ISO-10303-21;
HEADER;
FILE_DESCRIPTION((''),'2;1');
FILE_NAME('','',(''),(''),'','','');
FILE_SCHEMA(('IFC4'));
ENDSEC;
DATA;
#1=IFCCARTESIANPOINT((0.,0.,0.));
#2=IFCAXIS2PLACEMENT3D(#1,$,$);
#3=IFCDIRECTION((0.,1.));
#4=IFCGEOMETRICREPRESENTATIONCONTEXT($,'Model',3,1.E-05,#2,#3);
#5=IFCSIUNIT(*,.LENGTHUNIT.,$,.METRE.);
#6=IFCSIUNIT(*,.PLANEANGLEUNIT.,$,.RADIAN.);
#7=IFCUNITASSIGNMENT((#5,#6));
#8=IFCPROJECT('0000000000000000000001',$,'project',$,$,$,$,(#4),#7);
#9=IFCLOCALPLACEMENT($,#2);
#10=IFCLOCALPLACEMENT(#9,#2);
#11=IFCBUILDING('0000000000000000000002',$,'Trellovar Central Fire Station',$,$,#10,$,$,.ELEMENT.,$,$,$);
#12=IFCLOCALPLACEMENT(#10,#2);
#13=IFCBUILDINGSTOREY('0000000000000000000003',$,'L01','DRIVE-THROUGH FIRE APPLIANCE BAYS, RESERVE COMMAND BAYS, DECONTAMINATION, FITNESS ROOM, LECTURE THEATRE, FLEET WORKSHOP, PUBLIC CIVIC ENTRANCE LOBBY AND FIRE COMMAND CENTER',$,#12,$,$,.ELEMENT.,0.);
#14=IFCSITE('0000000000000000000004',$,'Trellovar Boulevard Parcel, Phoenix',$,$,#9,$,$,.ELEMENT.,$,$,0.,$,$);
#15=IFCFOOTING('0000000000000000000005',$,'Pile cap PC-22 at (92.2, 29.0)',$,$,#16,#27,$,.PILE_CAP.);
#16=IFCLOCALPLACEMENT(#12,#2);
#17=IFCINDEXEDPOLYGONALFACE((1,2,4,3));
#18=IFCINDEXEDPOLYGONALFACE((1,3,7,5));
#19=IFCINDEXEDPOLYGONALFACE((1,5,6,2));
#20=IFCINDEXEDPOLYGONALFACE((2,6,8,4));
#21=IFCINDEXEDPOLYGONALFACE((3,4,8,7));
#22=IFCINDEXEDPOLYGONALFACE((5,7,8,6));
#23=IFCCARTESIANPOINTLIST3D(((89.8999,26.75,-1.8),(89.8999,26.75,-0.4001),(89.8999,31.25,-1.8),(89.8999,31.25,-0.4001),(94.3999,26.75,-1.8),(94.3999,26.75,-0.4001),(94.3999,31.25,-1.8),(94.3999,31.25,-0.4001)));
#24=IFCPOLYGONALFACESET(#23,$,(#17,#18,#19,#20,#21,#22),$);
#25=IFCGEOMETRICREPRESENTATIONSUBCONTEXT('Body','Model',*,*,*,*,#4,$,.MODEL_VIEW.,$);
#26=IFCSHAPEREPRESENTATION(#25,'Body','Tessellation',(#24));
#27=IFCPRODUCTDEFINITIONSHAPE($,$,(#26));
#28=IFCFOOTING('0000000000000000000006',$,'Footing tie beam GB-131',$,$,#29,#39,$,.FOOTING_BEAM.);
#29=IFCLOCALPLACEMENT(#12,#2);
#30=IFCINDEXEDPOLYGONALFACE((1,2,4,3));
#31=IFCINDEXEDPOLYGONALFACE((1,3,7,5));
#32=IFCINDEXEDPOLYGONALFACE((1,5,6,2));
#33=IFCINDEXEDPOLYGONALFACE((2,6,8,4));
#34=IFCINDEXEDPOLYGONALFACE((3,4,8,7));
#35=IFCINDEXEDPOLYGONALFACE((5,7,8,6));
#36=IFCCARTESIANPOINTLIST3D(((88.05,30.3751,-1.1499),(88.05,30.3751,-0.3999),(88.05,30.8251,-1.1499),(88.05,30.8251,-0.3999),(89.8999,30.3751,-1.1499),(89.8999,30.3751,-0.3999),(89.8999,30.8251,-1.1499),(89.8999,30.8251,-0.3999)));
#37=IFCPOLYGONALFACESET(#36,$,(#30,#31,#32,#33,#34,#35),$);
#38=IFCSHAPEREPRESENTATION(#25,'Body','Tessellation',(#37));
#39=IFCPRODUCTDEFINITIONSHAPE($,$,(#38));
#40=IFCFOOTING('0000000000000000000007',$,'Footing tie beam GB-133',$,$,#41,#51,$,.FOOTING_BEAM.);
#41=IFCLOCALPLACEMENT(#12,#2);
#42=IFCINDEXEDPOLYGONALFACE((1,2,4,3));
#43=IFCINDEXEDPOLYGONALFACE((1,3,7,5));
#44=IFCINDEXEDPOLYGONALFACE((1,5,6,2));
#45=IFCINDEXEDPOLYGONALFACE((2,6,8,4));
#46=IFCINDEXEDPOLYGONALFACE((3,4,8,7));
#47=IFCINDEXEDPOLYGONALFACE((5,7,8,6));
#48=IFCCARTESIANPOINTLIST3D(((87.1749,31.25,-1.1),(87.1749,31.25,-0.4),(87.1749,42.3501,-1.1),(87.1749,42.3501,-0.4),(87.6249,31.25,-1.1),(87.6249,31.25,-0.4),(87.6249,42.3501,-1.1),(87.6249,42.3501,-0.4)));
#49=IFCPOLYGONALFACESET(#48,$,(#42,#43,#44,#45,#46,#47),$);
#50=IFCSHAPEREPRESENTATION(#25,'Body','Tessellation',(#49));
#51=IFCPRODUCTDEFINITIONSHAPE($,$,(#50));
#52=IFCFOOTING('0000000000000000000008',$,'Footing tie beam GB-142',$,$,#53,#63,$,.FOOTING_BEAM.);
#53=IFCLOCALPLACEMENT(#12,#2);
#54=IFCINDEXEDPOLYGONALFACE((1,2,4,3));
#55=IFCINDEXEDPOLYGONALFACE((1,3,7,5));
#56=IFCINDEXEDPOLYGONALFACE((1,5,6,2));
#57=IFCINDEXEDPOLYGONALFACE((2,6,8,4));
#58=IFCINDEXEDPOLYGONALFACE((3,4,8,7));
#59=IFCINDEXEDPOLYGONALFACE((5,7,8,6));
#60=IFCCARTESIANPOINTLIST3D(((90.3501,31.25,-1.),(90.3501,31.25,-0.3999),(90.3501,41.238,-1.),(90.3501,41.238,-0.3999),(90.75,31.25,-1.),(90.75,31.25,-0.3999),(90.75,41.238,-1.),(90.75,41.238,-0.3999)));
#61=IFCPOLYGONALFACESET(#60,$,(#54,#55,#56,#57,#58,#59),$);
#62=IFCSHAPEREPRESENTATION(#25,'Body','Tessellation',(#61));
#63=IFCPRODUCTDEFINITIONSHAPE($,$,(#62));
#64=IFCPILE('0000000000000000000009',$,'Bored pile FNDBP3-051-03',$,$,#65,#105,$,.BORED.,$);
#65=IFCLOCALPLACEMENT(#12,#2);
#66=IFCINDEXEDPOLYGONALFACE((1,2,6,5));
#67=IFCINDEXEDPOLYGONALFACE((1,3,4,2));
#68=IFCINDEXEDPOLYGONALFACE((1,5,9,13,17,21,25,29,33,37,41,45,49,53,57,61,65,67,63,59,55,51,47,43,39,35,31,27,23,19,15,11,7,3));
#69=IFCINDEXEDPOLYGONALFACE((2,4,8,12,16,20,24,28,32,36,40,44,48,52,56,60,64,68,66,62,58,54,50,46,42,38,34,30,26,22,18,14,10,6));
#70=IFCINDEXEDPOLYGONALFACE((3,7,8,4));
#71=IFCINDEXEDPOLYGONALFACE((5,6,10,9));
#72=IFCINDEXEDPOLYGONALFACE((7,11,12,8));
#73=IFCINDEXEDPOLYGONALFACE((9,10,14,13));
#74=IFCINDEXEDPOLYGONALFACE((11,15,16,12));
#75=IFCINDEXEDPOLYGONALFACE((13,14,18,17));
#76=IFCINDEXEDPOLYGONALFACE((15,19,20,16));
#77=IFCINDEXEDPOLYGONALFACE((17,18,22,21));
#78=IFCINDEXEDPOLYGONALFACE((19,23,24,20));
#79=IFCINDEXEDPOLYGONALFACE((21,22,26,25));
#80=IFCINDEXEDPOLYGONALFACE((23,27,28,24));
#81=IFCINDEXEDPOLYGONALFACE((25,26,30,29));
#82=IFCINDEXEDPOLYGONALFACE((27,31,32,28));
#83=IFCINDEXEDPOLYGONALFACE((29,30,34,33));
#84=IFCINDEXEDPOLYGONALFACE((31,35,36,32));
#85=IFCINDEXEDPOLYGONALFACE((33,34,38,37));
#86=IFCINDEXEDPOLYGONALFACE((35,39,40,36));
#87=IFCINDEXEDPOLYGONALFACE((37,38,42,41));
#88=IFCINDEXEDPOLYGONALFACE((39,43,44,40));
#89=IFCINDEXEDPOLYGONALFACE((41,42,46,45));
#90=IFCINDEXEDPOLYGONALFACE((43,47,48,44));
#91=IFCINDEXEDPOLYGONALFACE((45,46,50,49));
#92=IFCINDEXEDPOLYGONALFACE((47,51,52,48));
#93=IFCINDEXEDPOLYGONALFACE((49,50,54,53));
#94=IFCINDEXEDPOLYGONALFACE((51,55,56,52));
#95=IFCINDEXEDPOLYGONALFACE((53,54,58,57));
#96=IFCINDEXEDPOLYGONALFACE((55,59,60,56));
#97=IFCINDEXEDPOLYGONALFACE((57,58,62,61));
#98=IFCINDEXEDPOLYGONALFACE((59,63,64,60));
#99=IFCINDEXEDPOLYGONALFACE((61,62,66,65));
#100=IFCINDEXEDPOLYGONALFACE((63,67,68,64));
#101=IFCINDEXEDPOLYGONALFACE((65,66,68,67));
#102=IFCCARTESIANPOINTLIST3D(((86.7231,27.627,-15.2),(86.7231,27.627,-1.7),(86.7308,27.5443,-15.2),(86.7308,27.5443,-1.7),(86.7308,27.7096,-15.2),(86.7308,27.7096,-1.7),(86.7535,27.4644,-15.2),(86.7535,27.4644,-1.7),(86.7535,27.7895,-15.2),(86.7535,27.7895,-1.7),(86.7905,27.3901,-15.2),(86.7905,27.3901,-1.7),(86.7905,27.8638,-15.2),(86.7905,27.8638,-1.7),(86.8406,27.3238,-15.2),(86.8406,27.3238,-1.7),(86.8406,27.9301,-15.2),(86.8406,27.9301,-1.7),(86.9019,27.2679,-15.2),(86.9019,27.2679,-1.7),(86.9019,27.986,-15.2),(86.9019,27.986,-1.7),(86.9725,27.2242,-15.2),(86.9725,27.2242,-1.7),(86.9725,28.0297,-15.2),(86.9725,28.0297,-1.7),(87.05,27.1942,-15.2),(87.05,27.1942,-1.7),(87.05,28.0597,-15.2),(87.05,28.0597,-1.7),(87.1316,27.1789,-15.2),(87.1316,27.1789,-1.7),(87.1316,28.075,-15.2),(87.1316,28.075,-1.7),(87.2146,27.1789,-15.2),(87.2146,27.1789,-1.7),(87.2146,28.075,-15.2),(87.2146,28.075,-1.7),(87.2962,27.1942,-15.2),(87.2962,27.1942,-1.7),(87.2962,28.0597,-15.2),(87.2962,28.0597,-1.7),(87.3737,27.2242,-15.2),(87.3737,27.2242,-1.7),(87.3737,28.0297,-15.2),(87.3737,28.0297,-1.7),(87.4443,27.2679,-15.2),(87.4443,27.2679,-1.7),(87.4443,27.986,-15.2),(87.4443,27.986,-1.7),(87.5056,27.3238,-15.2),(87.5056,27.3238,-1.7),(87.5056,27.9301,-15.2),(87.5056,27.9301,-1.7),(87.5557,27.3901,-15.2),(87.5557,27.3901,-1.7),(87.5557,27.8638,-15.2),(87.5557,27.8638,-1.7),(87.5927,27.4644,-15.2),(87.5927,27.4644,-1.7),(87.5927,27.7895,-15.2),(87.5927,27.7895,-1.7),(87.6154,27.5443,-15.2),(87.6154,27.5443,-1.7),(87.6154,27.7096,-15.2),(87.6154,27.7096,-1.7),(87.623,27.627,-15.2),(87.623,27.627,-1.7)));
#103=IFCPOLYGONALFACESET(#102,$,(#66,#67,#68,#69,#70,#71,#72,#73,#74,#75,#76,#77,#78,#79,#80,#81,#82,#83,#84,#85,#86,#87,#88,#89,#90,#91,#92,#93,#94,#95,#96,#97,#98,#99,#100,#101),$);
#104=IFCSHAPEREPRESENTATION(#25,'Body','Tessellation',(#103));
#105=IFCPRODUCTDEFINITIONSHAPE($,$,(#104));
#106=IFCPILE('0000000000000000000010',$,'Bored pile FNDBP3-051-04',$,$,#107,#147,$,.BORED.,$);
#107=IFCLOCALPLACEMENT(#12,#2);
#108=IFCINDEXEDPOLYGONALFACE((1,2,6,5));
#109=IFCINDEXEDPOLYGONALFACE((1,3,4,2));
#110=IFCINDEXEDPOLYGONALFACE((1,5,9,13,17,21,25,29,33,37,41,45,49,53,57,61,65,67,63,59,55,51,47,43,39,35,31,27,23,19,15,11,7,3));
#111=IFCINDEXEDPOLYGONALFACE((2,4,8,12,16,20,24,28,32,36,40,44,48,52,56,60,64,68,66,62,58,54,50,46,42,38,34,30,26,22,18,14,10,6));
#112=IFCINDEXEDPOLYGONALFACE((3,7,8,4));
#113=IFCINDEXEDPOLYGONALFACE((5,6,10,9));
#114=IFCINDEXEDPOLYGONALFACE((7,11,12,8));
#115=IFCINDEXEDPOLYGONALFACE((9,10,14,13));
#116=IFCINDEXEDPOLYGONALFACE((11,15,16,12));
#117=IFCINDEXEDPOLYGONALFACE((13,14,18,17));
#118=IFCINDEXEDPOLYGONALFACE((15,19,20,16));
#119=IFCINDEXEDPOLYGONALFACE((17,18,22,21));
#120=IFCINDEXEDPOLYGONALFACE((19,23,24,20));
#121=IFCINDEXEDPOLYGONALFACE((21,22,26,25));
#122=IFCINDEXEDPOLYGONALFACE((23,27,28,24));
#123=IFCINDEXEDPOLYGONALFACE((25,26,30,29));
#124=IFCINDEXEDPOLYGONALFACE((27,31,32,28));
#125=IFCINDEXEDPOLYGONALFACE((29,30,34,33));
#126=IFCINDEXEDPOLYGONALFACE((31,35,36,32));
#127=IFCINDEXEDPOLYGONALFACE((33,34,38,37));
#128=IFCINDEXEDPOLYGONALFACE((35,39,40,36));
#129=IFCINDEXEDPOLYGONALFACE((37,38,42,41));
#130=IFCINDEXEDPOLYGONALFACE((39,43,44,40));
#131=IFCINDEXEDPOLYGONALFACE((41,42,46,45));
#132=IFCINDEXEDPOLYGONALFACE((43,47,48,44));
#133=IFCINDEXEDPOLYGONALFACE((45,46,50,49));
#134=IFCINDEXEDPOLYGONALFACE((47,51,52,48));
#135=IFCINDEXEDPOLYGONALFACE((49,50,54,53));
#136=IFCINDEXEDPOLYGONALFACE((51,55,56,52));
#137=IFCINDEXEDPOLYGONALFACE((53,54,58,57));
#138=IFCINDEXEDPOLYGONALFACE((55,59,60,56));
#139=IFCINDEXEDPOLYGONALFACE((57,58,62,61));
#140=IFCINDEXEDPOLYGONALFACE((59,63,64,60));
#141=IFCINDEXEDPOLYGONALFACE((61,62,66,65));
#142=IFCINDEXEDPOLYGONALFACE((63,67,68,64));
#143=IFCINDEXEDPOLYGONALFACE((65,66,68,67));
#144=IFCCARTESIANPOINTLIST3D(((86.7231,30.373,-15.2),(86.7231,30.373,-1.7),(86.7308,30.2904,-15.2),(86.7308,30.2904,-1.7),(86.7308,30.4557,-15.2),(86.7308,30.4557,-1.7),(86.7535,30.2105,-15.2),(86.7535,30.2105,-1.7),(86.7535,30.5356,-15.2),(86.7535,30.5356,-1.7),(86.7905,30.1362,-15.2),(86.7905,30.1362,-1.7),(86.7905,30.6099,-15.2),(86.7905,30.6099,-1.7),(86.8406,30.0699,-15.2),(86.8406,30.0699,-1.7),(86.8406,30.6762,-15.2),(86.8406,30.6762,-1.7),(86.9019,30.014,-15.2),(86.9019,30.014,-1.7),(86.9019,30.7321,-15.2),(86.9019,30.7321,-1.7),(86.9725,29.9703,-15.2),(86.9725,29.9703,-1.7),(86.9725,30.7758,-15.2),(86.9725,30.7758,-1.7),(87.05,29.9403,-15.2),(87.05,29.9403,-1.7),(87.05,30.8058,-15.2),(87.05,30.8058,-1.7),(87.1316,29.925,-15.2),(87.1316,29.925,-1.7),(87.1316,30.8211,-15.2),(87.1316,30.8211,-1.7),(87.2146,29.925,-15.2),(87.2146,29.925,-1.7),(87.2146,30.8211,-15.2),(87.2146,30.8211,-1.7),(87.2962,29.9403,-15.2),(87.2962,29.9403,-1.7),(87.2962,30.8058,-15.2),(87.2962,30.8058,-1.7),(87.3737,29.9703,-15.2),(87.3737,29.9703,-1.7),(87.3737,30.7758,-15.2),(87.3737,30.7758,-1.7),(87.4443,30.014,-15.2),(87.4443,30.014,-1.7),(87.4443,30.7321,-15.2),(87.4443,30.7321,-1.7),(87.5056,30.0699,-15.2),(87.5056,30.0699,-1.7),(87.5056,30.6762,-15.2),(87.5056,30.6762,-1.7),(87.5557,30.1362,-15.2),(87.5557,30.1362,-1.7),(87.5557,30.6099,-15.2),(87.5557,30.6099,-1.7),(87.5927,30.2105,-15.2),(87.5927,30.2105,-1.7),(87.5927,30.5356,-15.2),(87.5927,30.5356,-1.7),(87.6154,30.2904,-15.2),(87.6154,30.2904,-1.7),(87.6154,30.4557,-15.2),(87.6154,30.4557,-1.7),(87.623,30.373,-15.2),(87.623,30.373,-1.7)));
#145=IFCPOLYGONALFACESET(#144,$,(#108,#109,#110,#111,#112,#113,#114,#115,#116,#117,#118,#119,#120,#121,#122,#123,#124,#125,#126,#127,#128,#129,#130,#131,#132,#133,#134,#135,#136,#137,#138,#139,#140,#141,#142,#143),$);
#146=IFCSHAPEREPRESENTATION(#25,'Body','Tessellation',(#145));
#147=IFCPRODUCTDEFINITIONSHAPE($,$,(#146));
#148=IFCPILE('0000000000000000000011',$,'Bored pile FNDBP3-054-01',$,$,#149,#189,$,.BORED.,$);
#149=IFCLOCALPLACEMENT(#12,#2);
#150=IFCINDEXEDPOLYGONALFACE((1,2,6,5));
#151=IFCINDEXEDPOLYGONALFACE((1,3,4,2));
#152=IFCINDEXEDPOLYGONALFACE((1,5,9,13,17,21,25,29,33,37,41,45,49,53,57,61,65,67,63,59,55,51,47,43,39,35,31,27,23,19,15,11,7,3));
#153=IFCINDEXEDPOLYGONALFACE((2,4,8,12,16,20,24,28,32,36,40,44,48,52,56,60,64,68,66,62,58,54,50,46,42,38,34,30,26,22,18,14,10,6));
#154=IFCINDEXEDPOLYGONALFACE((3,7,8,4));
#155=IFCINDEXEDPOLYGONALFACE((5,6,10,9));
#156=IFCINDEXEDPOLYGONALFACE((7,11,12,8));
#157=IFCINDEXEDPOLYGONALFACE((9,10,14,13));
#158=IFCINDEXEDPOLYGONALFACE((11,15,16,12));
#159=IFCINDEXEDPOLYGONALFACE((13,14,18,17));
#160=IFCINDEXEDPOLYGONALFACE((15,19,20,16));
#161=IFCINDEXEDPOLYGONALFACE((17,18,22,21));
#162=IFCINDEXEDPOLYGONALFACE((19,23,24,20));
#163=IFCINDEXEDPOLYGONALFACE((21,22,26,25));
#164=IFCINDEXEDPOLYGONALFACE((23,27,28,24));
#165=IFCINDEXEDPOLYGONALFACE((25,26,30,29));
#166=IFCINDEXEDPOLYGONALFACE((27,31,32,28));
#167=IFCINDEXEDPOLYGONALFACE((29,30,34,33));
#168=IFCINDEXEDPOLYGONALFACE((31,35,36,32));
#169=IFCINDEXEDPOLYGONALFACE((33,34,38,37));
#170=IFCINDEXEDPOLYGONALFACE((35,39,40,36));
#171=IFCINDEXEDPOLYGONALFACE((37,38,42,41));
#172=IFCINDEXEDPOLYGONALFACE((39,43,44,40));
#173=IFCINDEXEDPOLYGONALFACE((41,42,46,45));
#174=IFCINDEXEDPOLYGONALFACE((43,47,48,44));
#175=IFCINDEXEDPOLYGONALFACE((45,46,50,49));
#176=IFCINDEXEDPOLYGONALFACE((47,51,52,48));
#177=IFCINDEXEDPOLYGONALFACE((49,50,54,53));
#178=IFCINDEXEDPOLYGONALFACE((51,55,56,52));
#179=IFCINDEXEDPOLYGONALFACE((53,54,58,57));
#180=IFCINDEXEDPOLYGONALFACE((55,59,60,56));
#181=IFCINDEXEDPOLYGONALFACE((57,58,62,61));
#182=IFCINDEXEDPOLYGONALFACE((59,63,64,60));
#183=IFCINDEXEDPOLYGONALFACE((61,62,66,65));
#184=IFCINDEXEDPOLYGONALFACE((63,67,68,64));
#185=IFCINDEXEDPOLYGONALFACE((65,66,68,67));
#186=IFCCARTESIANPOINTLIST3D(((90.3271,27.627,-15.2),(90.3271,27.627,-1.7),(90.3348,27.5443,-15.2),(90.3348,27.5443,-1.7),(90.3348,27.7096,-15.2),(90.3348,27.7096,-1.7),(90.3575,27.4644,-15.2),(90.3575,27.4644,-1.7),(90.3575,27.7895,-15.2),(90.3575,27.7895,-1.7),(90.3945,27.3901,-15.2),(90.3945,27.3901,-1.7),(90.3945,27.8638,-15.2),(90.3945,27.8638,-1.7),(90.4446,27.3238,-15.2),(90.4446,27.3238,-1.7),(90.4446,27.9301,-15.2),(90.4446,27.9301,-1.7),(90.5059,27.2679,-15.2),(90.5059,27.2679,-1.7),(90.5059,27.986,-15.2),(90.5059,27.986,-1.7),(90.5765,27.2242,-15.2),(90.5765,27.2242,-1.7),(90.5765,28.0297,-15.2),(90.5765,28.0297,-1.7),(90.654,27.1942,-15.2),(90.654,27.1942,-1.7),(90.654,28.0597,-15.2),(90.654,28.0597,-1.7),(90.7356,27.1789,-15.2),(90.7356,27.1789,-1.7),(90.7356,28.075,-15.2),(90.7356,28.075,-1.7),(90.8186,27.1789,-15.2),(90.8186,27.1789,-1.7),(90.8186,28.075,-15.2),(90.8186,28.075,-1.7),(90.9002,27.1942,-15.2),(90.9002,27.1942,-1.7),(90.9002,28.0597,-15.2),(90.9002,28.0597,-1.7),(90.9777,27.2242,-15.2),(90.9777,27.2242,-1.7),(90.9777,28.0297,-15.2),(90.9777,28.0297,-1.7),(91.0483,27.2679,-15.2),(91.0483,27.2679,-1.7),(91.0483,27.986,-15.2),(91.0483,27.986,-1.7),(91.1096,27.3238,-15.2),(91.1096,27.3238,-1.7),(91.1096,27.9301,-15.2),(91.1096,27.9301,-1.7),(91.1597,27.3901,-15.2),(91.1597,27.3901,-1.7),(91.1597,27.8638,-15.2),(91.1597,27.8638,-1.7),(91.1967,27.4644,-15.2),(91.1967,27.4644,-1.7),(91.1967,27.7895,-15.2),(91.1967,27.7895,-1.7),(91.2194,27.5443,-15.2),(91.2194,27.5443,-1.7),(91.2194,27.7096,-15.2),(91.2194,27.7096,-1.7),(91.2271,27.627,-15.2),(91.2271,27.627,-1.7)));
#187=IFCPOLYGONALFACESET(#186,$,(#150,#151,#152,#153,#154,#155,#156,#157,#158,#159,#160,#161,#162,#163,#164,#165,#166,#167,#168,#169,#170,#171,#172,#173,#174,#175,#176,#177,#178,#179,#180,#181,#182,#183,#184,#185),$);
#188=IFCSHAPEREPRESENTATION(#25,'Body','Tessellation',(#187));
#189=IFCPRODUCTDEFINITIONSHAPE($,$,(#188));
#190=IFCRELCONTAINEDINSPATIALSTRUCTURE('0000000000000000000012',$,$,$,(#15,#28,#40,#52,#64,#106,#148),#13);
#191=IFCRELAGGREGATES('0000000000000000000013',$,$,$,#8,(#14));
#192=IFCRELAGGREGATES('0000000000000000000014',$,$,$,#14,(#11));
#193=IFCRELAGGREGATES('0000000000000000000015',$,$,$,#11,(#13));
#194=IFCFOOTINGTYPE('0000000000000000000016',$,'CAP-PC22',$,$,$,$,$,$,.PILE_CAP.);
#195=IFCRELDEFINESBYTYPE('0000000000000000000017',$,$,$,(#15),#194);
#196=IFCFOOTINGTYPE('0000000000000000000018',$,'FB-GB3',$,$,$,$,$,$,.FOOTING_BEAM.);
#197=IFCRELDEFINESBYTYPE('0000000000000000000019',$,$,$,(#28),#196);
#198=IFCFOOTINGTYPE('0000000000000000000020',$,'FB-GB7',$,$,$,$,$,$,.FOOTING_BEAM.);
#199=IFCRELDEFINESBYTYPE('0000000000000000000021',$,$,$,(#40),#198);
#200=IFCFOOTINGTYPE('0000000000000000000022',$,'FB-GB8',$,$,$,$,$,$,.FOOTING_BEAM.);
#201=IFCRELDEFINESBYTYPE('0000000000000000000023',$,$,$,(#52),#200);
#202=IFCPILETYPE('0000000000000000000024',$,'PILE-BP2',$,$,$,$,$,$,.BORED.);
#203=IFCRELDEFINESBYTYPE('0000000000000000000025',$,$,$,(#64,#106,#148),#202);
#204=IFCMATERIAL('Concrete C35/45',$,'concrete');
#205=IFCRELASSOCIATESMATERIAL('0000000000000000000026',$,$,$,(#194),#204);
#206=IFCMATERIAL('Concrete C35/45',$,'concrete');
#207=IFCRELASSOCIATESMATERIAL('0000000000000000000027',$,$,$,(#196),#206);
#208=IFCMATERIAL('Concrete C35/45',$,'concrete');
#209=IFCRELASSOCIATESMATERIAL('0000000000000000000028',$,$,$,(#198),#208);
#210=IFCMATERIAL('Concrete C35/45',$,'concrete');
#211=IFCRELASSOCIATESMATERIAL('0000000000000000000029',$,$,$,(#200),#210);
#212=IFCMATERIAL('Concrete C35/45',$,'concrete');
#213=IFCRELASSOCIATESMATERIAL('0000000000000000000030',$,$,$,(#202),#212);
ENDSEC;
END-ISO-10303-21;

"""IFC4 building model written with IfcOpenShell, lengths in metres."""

from ifc_helpers import new_model, si_unit, direction, frame, origin, origin_2d, place, context, subcontext, project, spatial, rectangle, circle, extrude, material, material_profile, profile_set, type_object, element, save


model = new_model("IFC4")

# Units and contexts
model_context = context("Model", 3, precision=1e-05, world=origin(), true_north=direction((0.0, 1.0)))
body_context = subcontext(model_context, "Body", "Model", "MODEL_VIEW")
ifc_project = project(units=[si_unit("LENGTHUNIT", "METRE"), si_unit("PLANEANGLEUNIT", "RADIAN")], contexts=[model_context])

# Site, building, storey
site_placement = place(None, origin())
site = spatial("IfcSite", under=ifc_project, at=site_placement, Name="Trellovar Boulevard Parcel, Phoenix", CompositionType="ELEMENT", RefElevation=0.0)
building_placement = place(site_placement, origin())
building = spatial("IfcBuilding", under=site, at=building_placement, Name="Trellovar Central Fire Station", CompositionType="ELEMENT")
storey_placement = place(building_placement, origin())
storey = spatial("IfcBuildingStorey", under=building, at=storey_placement, Name="L01", Description="DRIVE-THROUGH FIRE APPLIANCE BAYS, RESERVE COMMAND BAYS, DECONTAMINATION, FITNESS ROOM, LECTURE THEATRE, FLEET WORKSHOP, PUBLIC CIVIC ENTRANCE LOBBY AND FIRE COMMAND CENTER", CompositionType="ELEMENT", Elevation=0.0)

# Footings
ifc_material_1 = material(Name="Concrete C35/45", Category="concrete")
footing_type_1 = type_object("IfcFootingType", Name="CAP-PC22", PredefinedType="PILE_CAP", material=ifc_material_1)
footing_1_placement = place(storey_placement, frame((92.1499, 29.0, -1.8), z_axis=(0.0, 0.0, 1.0), x_axis=(1.0, 0.0, 0.0)))
element("IfcFooting", 1, at=footing_1_placement, inside=storey, type_object=footing_type_1, Name="Pile cap PC-22 at (92.2, 29.0)", PredefinedType="PILE_CAP", context=body_context, shape_type="SweptSolid", body=[
    extrude(rectangle(XDim=4.5, YDim=4.5, at=origin_2d()), origin(), (0.0, 0.0, 1.0), 1.3999),
])
ifc_material_2 = material(Name="Concrete C35/45", Category="concrete")
ifc_material_profile_1 = material_profile(ifc_material_2, rectangle(XDim=0.45, YDim=0.75, at=origin_2d()), Name="RC450X750")
ifc_profile_set_1 = profile_set([ifc_material_profile_1], Name="Concrete C35/45")
footing_type_2 = type_object("IfcFootingType", Name="FB-GB3", PredefinedType="FOOTING_BEAM", material=ifc_profile_set_1)
footing_2_placement = place(storey_placement, frame((88.05, 30.6001, -0.7749), z_axis=(1.0, 0.0, 0.0), x_axis=(0.0, 1.0, 0.0)))
element("IfcFooting", 2, at=footing_2_placement, inside=storey, type_object=footing_type_2, Name="Footing tie beam GB-131", PredefinedType="FOOTING_BEAM", context=body_context, shape_type="SweptSolid", body=[
    extrude(rectangle(XDim=0.45, YDim=0.75, at=origin_2d()), origin(), (0.0, 0.0, 1.0), 1.8499),
])
ifc_material_3 = material(Name="Concrete C35/45", Category="concrete")
ifc_material_profile_2 = material_profile(ifc_material_3, rectangle(XDim=0.45, YDim=0.7, at=origin_2d()), Name="RC450X700")
ifc_profile_set_2 = profile_set([ifc_material_profile_2], Name="Concrete C35/45")
footing_type_3 = type_object("IfcFootingType", Name="FB-GB7", PredefinedType="FOOTING_BEAM", material=ifc_profile_set_2)
footing_3_placement = place(storey_placement, frame((87.3999, 31.25, -0.75), z_axis=(0.0, 1.0, 0.0), x_axis=(-1.0, 0.0, 0.0)))
element("IfcFooting", 3, at=footing_3_placement, inside=storey, type_object=footing_type_3, Name="Footing tie beam GB-133", PredefinedType="FOOTING_BEAM", context=body_context, shape_type="SweptSolid", body=[
    extrude(rectangle(XDim=0.45, YDim=0.7, at=origin_2d()), origin(), (0.0, 0.0, 1.0), 11.1001),
])
ifc_material_4 = material(Name="Concrete C35/45", Category="concrete")
ifc_material_profile_3 = material_profile(ifc_material_4, rectangle(XDim=0.3999, YDim=0.6001, at=origin_2d()), Name="RC400X600")
ifc_profile_set_3 = profile_set([ifc_material_profile_3], Name="Concrete C35/45")
footing_type_4 = type_object("IfcFootingType", Name="FB-GB8", PredefinedType="FOOTING_BEAM", material=ifc_profile_set_3)
footing_4_placement = place(storey_placement, frame((90.55, 31.25, -0.7), z_axis=(0.0, 1.0, 0.0), x_axis=(-1.0, 0.0, 0.0)))
element("IfcFooting", 4, at=footing_4_placement, inside=storey, type_object=footing_type_4, Name="Footing tie beam GB-142", PredefinedType="FOOTING_BEAM", context=body_context, shape_type="SweptSolid", body=[
    extrude(rectangle(XDim=0.3999, YDim=0.6001, at=origin_2d()), origin(), (0.0, 0.0, 1.0), 9.988),
])

# Piles
ifc_material_5 = material(Name="Concrete C35/45", Category="concrete")
ifc_material_profile_4 = material_profile(ifc_material_5, circle(Radius=0.45, at=origin_2d()), Name="PILE900")
ifc_profile_set_4 = profile_set([ifc_material_profile_4], Name="Concrete C35/45")
pile_type = type_object("IfcPileType", Name="PILE-BP2", PredefinedType="BORED", material=ifc_profile_set_4)
for number, where, z_axis, x_axis, name in (
    (5, (87.1731, 27.627, -1.7), (0.0, 0.0, -1.0), (1.0, 0.0, 0.0), "Bored pile FNDBP3-051-03"),
    (6, (87.1731, 30.373, -1.7), (0.0, 0.0, -1.0), (1.0, 0.0, 0.0), "Bored pile FNDBP3-051-04"),
    (7, (90.7771, 27.627, -1.7), (0.0, 0.0, -1.0), (1.0, 0.0, 0.0), "Bored pile FNDBP3-054-01"),
):
    element("IfcPile", number, at=place(storey_placement, frame(where, z_axis=z_axis, x_axis=x_axis)), inside=storey, type_object=pile_type, Name=name, PredefinedType="BORED", context=body_context, shape_type="SweptSolid", body=[
        extrude(circle(Radius=0.45, at=origin_2d()), origin(), (0.0, 0.0, 1.0), 13.5),
    ])

save(model, "model.ifc")
